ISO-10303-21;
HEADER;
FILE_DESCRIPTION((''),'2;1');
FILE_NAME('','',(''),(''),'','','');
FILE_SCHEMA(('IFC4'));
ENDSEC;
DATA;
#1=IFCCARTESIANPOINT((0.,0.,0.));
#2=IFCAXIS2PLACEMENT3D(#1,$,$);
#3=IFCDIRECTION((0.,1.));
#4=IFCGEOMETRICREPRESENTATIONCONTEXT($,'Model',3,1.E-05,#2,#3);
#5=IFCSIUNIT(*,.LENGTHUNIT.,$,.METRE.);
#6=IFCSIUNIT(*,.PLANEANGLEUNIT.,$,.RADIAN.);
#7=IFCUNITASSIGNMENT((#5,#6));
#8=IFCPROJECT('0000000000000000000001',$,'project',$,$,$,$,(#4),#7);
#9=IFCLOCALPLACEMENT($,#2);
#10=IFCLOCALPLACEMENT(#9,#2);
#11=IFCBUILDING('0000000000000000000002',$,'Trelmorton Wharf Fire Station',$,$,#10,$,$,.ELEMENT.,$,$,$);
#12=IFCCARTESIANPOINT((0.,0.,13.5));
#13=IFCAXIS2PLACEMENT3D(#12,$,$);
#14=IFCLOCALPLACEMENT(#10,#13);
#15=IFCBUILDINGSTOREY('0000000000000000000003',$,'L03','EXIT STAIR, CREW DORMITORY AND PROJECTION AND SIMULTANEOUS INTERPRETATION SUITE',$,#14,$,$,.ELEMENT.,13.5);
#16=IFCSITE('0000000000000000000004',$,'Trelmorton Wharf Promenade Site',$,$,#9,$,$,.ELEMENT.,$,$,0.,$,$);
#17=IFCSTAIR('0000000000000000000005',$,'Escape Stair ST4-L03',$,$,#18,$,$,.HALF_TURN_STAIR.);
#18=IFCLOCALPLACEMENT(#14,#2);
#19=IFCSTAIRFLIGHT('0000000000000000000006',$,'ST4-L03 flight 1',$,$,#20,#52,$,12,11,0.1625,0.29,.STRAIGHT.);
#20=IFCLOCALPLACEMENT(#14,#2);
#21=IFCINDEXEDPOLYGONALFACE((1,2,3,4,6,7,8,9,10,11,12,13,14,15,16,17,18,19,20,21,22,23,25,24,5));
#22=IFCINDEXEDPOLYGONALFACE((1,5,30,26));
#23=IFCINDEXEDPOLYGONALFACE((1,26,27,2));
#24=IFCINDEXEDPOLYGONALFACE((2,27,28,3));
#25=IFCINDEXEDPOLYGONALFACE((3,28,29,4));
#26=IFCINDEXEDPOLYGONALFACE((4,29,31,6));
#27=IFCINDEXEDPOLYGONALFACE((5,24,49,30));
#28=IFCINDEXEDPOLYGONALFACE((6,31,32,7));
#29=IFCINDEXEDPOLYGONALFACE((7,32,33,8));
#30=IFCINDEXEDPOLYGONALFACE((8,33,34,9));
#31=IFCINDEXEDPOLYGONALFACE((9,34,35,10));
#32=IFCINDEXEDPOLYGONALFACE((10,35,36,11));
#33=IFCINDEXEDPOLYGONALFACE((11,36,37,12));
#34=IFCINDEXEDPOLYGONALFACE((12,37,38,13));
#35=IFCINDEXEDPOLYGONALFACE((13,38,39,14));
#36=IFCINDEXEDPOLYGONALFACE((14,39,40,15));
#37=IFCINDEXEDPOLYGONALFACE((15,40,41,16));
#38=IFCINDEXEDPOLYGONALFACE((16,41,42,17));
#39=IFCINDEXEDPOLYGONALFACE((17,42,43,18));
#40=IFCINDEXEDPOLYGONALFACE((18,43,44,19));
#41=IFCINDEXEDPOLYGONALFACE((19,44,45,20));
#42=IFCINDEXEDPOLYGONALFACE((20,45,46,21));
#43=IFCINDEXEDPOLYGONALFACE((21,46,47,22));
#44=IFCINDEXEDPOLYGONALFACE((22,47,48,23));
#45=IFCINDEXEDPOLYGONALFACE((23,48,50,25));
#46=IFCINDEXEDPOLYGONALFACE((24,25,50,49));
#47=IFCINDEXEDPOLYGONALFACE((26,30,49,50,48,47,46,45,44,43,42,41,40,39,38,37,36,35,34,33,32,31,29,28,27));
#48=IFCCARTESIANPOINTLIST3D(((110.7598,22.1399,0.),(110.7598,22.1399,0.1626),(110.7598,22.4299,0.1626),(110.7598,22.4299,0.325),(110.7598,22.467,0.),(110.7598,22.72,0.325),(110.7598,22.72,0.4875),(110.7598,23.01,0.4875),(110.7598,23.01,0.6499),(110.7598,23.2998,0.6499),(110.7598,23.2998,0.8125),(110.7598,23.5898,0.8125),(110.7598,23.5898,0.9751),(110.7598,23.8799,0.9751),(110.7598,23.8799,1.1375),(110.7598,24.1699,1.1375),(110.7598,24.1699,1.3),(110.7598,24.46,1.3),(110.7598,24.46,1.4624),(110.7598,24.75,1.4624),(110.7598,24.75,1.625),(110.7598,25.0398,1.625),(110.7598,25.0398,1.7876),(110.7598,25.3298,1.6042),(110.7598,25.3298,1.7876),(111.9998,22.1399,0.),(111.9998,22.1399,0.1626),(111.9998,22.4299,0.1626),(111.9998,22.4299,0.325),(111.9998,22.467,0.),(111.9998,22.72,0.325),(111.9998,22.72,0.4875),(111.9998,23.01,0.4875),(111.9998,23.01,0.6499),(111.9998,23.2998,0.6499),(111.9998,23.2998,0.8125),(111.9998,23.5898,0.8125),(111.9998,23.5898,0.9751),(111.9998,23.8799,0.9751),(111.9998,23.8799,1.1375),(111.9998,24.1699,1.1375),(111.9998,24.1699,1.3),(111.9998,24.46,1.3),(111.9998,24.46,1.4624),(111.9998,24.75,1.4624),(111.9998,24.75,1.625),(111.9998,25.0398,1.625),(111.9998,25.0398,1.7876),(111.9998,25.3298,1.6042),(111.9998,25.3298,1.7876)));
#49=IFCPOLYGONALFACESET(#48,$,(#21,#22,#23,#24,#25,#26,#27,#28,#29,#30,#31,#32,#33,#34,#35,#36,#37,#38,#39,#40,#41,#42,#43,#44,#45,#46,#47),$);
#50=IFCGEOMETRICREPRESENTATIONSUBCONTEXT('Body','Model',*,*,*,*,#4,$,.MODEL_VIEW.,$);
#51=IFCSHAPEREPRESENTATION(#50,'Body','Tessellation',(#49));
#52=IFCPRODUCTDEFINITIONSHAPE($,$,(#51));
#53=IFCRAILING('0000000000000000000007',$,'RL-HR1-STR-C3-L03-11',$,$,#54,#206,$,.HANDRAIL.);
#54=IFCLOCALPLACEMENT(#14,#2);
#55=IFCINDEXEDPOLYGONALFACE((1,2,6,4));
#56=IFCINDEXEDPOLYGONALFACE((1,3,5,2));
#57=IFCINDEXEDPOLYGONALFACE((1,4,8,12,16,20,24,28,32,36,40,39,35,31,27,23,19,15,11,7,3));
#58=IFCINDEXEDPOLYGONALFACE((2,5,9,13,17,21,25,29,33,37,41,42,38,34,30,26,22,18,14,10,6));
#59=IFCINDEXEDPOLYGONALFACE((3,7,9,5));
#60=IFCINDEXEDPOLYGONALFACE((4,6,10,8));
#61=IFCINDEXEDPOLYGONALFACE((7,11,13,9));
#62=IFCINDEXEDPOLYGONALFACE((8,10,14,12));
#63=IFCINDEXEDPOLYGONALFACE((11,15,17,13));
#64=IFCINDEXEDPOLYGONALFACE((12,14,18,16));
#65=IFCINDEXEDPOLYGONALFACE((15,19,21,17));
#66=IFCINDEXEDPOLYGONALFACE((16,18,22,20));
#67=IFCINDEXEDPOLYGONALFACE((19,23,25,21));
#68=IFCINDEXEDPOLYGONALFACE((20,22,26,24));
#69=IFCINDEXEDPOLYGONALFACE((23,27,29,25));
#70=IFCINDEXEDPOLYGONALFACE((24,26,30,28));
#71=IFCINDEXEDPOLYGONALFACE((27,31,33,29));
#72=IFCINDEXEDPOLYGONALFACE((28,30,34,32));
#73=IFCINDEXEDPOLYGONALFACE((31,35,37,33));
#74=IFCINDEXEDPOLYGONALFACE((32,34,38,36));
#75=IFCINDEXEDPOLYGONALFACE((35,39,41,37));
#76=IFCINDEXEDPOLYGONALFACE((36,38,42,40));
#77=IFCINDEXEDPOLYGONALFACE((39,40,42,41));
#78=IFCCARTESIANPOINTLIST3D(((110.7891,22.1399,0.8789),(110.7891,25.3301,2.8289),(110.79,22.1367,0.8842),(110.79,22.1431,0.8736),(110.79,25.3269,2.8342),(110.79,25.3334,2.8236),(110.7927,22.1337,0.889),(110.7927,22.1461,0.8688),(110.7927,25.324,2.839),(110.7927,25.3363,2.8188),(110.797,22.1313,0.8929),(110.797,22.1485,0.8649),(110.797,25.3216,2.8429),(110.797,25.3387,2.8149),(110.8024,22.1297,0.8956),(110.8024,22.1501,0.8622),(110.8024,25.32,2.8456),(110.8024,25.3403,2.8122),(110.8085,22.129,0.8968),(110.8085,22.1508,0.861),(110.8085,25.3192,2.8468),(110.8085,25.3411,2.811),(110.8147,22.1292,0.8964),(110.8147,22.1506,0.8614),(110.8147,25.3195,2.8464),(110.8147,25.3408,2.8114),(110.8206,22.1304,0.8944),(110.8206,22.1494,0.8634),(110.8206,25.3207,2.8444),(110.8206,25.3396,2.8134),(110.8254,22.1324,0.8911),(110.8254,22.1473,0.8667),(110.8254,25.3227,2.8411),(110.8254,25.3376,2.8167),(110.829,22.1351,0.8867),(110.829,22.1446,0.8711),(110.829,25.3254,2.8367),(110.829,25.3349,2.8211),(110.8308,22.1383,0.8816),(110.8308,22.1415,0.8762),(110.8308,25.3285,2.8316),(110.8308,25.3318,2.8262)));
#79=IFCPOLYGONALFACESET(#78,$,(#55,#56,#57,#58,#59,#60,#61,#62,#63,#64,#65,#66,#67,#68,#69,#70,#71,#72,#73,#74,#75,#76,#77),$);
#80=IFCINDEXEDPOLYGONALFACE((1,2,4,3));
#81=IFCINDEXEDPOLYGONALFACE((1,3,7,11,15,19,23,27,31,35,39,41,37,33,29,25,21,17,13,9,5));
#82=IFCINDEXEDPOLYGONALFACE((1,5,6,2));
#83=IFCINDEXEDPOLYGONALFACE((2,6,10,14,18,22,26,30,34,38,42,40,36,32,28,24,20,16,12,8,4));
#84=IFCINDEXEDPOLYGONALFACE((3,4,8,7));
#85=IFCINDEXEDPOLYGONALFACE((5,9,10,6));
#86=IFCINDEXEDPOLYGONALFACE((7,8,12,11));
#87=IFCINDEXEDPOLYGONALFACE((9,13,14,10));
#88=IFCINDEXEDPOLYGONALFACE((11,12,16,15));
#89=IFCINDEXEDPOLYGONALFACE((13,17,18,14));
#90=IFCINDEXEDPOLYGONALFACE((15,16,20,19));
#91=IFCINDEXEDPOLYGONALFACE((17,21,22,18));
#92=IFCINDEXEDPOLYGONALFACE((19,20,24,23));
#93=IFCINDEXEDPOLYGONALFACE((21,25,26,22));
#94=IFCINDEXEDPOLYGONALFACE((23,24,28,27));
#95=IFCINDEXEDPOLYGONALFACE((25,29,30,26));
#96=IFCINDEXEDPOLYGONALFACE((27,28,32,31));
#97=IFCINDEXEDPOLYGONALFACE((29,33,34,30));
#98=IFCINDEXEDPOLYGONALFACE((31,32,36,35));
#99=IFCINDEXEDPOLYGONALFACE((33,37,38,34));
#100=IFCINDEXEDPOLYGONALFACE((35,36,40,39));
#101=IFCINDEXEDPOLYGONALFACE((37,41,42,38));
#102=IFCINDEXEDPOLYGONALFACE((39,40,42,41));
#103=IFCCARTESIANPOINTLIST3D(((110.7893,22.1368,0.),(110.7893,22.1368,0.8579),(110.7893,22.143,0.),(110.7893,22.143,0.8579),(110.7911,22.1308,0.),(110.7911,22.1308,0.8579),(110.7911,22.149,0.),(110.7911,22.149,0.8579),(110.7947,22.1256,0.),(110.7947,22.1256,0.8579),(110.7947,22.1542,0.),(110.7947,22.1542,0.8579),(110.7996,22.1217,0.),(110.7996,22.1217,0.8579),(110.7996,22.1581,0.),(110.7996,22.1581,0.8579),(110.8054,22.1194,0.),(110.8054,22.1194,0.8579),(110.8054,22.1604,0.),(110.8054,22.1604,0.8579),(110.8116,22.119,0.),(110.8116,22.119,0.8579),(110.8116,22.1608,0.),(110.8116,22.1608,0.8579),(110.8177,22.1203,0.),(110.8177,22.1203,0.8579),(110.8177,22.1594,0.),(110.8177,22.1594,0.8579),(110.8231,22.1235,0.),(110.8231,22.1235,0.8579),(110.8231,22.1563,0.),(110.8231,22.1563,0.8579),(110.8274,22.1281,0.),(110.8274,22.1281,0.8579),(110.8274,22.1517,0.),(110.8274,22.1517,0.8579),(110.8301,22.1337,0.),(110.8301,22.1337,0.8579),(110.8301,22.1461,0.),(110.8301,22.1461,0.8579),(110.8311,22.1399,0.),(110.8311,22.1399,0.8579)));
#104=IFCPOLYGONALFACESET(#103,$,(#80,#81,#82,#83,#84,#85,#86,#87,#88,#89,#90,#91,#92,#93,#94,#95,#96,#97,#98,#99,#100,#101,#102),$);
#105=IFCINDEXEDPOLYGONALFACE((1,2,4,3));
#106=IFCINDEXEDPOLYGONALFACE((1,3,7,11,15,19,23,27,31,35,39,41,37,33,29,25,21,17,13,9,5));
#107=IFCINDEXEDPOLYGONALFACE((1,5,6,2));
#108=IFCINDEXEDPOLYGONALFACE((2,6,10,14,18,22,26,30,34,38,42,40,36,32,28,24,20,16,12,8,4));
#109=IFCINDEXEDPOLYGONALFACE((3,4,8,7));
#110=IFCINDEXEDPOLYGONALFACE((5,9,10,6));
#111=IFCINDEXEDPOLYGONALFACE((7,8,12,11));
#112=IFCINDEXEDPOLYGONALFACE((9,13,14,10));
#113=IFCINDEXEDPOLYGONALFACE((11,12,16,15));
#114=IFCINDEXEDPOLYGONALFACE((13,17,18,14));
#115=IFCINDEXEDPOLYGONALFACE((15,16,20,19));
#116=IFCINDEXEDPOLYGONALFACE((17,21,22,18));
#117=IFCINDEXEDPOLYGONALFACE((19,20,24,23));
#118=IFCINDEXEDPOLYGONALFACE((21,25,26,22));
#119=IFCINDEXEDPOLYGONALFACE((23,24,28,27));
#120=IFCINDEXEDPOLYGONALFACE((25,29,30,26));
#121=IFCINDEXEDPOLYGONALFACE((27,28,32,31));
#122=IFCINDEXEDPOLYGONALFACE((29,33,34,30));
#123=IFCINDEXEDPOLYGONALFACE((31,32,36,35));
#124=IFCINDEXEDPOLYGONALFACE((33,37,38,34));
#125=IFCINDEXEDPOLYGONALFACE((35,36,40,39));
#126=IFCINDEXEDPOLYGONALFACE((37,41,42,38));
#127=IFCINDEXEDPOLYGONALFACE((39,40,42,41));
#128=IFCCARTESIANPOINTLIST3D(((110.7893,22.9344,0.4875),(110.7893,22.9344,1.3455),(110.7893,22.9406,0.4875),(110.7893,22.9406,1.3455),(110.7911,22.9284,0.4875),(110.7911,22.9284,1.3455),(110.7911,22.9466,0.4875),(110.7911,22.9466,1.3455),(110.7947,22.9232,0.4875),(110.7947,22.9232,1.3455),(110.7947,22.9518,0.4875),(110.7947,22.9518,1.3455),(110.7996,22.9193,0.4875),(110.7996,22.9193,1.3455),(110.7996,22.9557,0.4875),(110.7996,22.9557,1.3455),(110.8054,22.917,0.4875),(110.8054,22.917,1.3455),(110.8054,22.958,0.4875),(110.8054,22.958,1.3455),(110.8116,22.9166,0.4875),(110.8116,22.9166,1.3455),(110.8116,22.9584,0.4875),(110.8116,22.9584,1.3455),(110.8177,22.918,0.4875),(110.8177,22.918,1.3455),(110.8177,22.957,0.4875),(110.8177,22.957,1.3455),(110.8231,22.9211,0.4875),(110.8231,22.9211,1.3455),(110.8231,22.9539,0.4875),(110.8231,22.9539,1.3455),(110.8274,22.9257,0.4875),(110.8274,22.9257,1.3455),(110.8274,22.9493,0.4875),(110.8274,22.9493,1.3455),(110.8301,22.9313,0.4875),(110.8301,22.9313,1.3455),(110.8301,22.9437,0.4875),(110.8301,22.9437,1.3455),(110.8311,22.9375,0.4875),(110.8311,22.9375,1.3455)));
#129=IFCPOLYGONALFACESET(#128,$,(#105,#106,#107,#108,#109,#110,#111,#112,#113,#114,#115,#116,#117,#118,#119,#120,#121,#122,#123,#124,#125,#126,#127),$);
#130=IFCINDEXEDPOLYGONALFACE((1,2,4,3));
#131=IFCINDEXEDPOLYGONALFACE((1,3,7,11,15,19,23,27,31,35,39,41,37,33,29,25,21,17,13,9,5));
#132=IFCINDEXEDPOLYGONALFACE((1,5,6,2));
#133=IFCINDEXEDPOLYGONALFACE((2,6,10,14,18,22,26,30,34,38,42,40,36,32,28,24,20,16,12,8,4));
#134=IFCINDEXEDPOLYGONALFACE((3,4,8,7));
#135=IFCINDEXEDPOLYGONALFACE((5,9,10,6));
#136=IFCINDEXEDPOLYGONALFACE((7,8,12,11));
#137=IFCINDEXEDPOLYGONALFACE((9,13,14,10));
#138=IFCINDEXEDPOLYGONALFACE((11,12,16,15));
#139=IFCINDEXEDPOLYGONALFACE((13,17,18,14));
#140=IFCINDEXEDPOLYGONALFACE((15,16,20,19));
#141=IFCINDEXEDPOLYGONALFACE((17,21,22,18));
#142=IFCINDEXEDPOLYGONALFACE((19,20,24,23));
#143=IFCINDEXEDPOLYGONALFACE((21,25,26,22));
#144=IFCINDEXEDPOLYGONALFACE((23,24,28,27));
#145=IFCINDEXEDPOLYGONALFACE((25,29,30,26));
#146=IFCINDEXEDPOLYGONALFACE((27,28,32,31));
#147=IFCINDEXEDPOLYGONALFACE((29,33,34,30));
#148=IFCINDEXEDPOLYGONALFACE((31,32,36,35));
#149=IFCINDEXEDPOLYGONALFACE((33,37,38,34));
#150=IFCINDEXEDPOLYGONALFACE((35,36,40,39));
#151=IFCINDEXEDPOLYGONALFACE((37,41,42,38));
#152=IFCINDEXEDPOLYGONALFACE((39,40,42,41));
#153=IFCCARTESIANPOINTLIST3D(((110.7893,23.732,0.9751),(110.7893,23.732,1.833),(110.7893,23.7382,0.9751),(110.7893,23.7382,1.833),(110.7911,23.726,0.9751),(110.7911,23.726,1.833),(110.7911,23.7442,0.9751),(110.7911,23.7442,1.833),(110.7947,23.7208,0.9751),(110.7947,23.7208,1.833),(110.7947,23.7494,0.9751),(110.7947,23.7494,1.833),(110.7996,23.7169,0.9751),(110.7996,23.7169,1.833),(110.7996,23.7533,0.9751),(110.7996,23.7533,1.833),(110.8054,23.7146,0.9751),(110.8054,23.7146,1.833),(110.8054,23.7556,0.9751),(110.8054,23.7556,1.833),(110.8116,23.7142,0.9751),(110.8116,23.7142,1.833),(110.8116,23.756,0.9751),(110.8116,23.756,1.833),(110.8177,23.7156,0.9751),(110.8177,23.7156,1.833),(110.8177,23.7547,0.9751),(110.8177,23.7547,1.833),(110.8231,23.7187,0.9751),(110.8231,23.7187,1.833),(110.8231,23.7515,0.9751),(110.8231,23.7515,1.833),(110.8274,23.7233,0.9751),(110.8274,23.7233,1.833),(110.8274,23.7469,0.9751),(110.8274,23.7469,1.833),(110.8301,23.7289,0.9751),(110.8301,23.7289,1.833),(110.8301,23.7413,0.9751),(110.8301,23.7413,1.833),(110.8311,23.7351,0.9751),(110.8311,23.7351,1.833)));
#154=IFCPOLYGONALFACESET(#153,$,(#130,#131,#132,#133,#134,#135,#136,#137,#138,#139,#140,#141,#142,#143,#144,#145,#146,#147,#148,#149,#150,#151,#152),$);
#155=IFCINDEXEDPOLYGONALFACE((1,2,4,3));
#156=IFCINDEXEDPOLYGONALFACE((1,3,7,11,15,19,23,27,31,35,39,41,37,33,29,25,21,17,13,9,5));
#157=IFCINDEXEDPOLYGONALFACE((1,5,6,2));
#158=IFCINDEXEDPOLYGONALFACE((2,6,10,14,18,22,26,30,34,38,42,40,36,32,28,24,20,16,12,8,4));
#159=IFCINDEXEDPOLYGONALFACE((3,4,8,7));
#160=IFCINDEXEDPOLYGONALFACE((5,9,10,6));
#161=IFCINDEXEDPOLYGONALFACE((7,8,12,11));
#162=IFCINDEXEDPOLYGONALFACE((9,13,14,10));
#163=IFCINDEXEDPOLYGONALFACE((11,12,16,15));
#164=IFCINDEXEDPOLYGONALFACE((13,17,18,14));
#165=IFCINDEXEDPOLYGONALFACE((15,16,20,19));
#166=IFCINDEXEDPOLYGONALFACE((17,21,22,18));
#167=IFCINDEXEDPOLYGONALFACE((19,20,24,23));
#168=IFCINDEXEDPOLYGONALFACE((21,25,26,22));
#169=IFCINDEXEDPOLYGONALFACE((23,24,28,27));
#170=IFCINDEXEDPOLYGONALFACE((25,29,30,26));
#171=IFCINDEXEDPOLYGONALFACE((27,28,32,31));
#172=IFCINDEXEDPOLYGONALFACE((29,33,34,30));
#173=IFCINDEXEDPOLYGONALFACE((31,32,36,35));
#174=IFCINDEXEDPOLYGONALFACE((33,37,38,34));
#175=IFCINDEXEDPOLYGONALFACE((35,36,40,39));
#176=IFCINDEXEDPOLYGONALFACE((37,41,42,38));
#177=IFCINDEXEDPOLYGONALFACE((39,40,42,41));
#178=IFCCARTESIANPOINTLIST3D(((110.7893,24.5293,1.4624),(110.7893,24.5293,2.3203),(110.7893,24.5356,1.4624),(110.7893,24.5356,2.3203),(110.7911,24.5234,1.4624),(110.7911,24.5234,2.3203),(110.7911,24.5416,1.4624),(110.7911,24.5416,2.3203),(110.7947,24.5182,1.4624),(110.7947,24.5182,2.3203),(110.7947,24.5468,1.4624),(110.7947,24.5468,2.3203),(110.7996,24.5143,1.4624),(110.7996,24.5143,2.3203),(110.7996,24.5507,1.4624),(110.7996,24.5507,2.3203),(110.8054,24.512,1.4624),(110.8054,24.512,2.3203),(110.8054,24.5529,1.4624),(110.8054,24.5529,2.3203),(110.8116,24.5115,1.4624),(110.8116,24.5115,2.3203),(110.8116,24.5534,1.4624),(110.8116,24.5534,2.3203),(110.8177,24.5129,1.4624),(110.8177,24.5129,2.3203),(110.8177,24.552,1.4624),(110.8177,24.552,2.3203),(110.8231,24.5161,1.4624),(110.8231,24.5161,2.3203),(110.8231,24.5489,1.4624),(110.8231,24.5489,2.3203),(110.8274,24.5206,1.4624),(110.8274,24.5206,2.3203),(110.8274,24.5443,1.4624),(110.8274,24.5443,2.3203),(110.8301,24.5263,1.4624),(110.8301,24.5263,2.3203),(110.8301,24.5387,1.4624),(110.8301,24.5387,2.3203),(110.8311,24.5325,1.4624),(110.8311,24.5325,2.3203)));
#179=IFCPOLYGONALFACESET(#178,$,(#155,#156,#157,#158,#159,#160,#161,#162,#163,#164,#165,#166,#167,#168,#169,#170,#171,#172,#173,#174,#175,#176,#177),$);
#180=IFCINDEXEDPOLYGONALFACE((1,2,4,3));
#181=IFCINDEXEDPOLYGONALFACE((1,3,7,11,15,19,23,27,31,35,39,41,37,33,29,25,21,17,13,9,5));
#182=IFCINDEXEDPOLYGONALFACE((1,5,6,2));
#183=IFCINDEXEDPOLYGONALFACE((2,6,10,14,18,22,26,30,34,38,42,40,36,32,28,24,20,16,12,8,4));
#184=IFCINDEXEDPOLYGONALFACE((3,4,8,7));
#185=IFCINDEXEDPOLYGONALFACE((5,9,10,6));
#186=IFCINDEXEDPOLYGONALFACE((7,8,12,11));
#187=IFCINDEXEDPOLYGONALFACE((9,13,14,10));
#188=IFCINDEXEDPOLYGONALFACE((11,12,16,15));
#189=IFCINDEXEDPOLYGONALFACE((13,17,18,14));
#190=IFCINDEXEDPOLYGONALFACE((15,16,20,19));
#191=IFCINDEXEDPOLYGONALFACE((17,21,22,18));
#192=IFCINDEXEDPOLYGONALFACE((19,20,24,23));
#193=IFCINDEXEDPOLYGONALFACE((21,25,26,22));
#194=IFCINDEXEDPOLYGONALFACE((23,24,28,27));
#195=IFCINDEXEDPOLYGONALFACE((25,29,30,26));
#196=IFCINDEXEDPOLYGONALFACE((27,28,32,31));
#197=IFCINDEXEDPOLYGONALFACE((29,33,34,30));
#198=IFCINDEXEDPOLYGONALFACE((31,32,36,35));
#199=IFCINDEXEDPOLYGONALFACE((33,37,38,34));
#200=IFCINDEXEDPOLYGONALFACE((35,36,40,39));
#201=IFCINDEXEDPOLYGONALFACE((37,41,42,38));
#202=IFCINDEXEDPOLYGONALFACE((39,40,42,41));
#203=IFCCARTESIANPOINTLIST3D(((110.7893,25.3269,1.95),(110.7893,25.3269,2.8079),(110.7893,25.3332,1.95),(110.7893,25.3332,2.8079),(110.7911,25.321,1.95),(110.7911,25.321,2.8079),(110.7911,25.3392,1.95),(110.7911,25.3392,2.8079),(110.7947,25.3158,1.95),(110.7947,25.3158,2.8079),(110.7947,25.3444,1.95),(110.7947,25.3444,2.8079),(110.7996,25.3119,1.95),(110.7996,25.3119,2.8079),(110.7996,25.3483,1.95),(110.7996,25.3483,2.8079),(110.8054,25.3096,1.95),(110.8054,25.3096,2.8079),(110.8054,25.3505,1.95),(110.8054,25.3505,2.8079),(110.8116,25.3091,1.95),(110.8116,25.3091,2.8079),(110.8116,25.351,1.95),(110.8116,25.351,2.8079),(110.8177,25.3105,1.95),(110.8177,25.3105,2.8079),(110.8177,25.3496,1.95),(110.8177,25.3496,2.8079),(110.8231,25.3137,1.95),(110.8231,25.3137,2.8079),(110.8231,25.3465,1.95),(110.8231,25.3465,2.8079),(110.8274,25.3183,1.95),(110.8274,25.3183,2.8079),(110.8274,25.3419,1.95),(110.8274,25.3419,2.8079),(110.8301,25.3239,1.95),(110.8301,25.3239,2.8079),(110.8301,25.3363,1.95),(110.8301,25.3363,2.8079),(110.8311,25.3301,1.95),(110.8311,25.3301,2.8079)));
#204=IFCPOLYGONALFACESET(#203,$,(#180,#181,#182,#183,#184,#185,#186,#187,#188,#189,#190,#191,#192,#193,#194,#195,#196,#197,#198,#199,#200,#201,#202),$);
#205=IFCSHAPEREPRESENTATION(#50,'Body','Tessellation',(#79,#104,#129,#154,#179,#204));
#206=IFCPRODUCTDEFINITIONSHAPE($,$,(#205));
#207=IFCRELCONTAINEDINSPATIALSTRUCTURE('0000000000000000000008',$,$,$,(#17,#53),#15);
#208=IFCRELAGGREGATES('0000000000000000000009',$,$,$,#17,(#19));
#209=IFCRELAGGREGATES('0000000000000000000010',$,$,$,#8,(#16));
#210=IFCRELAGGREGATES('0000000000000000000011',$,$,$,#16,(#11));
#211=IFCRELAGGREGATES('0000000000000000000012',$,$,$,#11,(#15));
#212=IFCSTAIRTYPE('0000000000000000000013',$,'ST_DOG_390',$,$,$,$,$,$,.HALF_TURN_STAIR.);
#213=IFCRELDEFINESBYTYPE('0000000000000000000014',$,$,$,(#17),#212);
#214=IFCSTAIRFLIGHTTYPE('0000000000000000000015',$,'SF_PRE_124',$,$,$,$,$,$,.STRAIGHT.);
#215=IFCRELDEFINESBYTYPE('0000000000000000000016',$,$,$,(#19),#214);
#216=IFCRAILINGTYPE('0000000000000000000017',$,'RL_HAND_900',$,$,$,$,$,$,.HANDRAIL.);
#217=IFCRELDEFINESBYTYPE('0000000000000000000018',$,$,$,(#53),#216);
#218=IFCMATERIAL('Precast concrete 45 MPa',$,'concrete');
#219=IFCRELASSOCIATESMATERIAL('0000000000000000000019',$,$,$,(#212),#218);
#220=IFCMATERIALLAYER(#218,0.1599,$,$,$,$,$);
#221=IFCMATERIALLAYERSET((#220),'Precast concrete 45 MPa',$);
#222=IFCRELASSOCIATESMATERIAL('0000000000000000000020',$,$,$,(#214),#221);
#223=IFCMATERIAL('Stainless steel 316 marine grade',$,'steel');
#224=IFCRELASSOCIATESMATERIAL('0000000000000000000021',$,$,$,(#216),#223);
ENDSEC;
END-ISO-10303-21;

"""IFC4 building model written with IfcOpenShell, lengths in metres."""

from ifc_helpers import new_model, si_unit, direction, frame, origin, origin_2d, place, context, subcontext, project, spatial, polyline, circle, outline, extrude, material, layer, layer_set, type_object, element, aggregate, save


model = new_model("IFC4")

# Units and contexts
model_context = context("Model", 3, precision=1e-05, world=origin(), true_north=direction((0.0, 1.0)))
body_context = subcontext(model_context, "Body", "Model", "MODEL_VIEW")
ifc_project = project(units=[si_unit("LENGTHUNIT", "METRE"), si_unit("PLANEANGLEUNIT", "RADIAN")], contexts=[model_context])

# Site, building, storey
site_placement = place(None, origin())
site = spatial("IfcSite", under=ifc_project, at=site_placement, Name="Trelmorton Wharf Promenade Site", CompositionType="ELEMENT", RefElevation=0.0)
building_placement = place(site_placement, origin())
building = spatial("IfcBuilding", under=site, at=building_placement, Name="Trelmorton Wharf Fire Station", CompositionType="ELEMENT")
storey_placement = place(building_placement, frame((0.0, 0.0, 13.5)))
storey = spatial("IfcBuildingStorey", under=building, at=storey_placement, Name="L03", Description="EXIT STAIR, CREW DORMITORY AND PROJECTION AND SIMULTANEOUS INTERPRETATION SUITE", CompositionType="ELEMENT", Elevation=13.5)

# Shared definitions
ifc_material_1 = material(Name="Stainless steel 316 marine grade", Category="steel")

# Stair, stair flight
ifc_material_2 = material(Name="Precast concrete 45 MPa", Category="concrete")
stair_type = type_object("IfcStairType", Name="ST_DOG_390", PredefinedType="HALF_TURN_STAIR", material=ifc_material_2)
stair_placement = place(storey_placement, origin())
stair = element("IfcStair", 1, at=stair_placement, inside=storey, type_object=stair_type, Name="Escape Stair ST4-L03", PredefinedType="HALF_TURN_STAIR")
ifc_layer_1 = layer(ifc_material_2, 0.1599)
ifc_layer_set_1 = layer_set([ifc_layer_1], Name="Precast concrete 45 MPa")
stair_flight_type = type_object("IfcStairFlightType", Name="SF_PRE_124", PredefinedType="STRAIGHT", material=ifc_layer_set_1)
stair_flight_placement = place(storey_placement, frame((111.3799, 22.1399, 0.0), z_axis=(0.0, 0.0, 1.0), x_axis=(0.0, 1.0, 0.0)))
stair_flight = element("IfcStairFlight", 2, at=stair_flight_placement, type_object=stair_flight_type, Name="ST4-L03 flight 1", NumberOfRisers=12, NumberOfTreads=11, PredefinedType="STRAIGHT", RiserHeight=0.1625, TreadLength=0.29, context=body_context, shape_type="SweptSolid", body=[
    extrude(outline(polyline([(0.0, 0.0), (0.0, 0.1626), (0.29, 0.1626), (0.29, 0.325), (0.5801, 0.325), (0.5801, 0.4875), (0.8701, 0.4875), (0.8701, 0.6499), (1.1599, 0.6499), (1.1599, 0.8125), (1.45, 0.8125), (1.45, 0.9751), (1.74, 0.9751), (1.74, 1.1375), (2.03, 1.1375), (2.03, 1.3), (2.3201, 1.3), (2.3201, 1.4624), (2.6101, 1.4624), (2.6101, 1.625), (2.8999, 1.625), (2.8999, 1.7876), (3.1899, 1.7876), (3.1899, 1.95), (3.1899, 1.6042), (0.3271, 0.0), (0.0, 0.0)])), frame((0.0, 0.6201, 0.0), z_axis=(0.0, -1.0, 0.0), x_axis=(1.0, 0.0, 0.0)), (0.0, 0.0, 1.0), 1.24),
])
aggregate(stair, [stair_flight])

# Railing
railing_type_1 = type_object("IfcRailingType", Name="RL_HAND_900", PredefinedType="HANDRAIL", material=ifc_material_1)
railing_1_placement = place(storey_placement, frame((110.8101, 22.1399, 0.0)))
element("IfcRailing", 3, at=railing_1_placement, inside=storey, type_object=railing_type_1, Name="RL-HR1-STR-C3-L03-11", PredefinedType="HANDRAIL", context=body_context, shape_type="SweptSolid", body=[
    extrude(circle(Radius=0.021, at=origin_2d()), frame((0.0, 0.0, 0.8789), z_axis=(0.0, 0.853235, 0.521527), x_axis=(-1.0, 0.0, 0.0)), (0.0, 0.0, 1.0), 3.739),
    extrude(circle(Radius=0.021, at=origin_2d()), origin(), (0.0, 0.0, 1.0), 0.8579),
    extrude(circle(Radius=0.021, at=origin_2d()), frame((0.0, 0.7976, 0.4875)), (0.0, 0.0, 1.0), 0.8579),
    extrude(circle(Radius=0.021, at=origin_2d()), frame((0.0, 1.5952, 0.9751)), (0.0, 0.0, 1.0), 0.8579),
    extrude(circle(Radius=0.021, at=origin_2d()), frame((0.0, 2.3926, 1.4624)), (0.0, 0.0, 1.0), 0.8579),
    extrude(circle(Radius=0.021, at=origin_2d()), frame((0.0, 3.1902, 1.95)), (0.0, 0.0, 1.0), 0.8579),
])

save(model, "model.ifc")
